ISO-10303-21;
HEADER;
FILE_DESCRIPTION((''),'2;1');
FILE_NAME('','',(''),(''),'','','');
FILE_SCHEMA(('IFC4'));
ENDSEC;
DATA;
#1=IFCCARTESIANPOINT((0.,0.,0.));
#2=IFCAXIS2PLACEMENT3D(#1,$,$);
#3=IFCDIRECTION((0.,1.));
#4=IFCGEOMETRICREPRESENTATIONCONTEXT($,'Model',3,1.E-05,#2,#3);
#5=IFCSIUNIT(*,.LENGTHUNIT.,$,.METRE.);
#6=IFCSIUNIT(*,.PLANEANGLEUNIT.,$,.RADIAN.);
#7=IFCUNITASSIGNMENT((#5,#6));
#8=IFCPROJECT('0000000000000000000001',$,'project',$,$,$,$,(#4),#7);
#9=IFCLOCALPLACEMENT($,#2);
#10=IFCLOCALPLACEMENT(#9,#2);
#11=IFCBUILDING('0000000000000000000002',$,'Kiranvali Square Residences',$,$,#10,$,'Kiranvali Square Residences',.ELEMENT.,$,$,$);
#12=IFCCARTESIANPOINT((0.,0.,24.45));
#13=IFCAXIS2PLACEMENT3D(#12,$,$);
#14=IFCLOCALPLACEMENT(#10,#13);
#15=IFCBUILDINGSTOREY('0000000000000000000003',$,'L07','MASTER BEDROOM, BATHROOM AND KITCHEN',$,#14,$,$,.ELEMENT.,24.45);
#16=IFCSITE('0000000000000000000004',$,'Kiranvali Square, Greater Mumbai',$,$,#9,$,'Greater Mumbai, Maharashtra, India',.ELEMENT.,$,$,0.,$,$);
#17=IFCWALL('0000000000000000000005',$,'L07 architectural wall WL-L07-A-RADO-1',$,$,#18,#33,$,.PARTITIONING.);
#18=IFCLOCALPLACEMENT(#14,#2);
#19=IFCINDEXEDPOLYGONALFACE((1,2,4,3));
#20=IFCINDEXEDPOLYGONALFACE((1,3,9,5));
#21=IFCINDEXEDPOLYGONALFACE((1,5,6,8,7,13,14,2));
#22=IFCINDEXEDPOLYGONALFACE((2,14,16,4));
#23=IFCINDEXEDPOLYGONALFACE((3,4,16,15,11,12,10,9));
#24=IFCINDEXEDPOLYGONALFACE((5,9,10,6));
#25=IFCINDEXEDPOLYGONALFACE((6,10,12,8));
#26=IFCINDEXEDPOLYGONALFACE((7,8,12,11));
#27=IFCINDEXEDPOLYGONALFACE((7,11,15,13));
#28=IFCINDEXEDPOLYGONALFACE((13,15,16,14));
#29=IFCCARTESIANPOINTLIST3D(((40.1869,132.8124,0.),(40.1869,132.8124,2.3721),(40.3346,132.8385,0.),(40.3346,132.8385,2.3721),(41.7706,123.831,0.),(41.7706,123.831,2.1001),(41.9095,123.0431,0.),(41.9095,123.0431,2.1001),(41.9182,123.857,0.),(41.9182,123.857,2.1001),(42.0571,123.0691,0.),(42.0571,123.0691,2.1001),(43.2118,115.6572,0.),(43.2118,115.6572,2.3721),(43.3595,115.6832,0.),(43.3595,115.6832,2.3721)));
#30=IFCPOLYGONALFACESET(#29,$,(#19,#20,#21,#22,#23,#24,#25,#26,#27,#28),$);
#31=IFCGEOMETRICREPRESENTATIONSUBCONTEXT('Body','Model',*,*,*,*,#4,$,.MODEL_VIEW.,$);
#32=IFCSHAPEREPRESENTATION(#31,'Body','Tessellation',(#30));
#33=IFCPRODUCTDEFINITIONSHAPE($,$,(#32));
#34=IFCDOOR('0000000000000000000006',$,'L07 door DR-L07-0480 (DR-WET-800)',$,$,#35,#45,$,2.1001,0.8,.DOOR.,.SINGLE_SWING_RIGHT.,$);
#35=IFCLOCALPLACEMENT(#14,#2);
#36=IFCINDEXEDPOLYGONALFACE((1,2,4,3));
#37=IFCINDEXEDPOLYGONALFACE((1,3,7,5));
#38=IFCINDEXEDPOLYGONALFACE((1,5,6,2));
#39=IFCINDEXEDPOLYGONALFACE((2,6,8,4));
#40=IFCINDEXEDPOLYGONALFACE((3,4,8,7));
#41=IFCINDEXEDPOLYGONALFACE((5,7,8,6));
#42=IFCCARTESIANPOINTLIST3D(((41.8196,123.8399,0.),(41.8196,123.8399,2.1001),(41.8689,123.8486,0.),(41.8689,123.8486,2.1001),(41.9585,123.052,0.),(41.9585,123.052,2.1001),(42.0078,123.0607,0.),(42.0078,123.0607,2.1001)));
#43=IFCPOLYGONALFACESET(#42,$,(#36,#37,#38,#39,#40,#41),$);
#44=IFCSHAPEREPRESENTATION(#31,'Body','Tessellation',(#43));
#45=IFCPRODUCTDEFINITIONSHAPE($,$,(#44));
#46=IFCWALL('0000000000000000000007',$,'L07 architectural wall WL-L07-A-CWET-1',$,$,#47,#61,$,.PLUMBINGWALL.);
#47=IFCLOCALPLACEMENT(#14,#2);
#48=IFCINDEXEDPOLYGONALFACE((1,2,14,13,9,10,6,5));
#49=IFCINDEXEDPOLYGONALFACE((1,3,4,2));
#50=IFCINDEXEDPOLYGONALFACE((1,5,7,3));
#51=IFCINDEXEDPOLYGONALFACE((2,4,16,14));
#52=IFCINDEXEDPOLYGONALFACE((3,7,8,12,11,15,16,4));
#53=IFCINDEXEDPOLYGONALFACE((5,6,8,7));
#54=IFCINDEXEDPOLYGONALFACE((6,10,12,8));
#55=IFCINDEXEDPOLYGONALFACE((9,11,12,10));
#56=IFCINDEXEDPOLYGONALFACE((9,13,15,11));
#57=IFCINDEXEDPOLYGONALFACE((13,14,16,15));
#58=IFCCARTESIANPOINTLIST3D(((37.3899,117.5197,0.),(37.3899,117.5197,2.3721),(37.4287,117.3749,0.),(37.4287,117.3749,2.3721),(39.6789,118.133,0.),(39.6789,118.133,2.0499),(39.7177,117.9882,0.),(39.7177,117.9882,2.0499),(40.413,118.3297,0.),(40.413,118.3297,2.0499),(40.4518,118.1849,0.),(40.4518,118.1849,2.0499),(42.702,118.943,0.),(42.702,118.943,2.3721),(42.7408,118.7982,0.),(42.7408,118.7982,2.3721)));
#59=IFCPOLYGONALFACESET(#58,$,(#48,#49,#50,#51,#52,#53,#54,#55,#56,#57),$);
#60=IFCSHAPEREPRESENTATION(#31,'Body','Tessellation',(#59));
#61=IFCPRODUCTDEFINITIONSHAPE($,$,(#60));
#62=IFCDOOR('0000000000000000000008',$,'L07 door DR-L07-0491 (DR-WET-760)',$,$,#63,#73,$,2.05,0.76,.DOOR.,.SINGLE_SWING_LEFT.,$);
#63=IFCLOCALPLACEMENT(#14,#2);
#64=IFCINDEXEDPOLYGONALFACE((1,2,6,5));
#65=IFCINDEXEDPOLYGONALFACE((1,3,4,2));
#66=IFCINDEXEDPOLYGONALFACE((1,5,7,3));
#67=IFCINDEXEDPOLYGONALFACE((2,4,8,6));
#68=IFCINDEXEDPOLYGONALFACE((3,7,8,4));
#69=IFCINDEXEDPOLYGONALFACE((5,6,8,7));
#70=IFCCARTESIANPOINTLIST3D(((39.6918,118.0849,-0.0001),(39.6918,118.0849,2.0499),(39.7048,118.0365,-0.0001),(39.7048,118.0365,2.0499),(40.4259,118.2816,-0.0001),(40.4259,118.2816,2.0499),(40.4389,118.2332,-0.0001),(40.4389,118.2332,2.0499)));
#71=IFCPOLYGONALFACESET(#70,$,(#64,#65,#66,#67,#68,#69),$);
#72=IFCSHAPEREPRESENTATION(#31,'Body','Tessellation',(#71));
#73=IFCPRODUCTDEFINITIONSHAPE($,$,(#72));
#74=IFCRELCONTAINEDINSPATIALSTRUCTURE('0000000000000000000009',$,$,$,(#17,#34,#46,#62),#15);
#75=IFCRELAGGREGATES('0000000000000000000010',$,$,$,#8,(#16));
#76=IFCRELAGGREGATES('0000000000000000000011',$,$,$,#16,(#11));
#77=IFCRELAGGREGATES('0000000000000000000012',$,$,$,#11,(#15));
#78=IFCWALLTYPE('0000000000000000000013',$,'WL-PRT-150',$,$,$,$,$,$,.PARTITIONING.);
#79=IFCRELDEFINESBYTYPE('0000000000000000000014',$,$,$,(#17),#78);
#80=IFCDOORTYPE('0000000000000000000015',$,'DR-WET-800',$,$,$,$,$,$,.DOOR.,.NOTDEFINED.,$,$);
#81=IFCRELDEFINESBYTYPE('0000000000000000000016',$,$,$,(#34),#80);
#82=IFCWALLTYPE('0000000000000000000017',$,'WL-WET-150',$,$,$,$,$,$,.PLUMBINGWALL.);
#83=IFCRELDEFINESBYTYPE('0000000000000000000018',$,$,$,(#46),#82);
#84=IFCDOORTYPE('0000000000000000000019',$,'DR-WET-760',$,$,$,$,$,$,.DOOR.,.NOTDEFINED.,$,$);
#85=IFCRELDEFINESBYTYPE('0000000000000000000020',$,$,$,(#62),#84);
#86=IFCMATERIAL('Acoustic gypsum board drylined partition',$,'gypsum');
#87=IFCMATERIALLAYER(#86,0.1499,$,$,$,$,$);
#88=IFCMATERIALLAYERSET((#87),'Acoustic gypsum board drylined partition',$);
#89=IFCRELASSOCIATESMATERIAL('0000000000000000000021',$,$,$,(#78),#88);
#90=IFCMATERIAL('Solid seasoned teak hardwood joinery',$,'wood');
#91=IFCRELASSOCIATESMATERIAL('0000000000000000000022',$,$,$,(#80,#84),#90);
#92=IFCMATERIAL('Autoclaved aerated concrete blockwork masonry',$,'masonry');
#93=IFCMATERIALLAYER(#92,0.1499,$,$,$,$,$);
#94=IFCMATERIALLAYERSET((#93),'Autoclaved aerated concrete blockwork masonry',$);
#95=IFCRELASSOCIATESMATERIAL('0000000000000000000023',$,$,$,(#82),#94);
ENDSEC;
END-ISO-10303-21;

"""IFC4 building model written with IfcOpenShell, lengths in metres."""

from ifc_helpers import new_model, si_unit, direction, frame, frame_2d, origin, place, context, subcontext, project, spatial, rectangle, extrude, material, layer, layer_set, type_object, element, fill, save


model = new_model("IFC4")

# Units and contexts
model_context = context("Model", 3, precision=1e-05, world=origin(), true_north=direction((0.0, 1.0)))
body_context = subcontext(model_context, "Body", "Model", "MODEL_VIEW")
ifc_project = project(units=[si_unit("LENGTHUNIT", "METRE"), si_unit("PLANEANGLEUNIT", "RADIAN")], contexts=[model_context])

# Site, building, storey
site_placement = place(None, origin())
site = spatial("IfcSite", under=ifc_project, at=site_placement, Name="Kiranvali Square, Greater Mumbai", LongName="Greater Mumbai, Maharashtra, India", CompositionType="ELEMENT", RefElevation=0.0)
building_placement = place(site_placement, origin())
building = spatial("IfcBuilding", under=site, at=building_placement, Name="Kiranvali Square Residences", LongName="Kiranvali Square Residences", CompositionType="ELEMENT")
storey_placement = place(building_placement, frame((0.0, 0.0, 24.45)))
storey = spatial("IfcBuildingStorey", under=building, at=storey_placement, Name="L07", Description="MASTER BEDROOM, BATHROOM AND KITCHEN", CompositionType="ELEMENT", Elevation=24.45)

# Shared definitions
ifc_material_1 = material(Name="Autoclaved aerated concrete blockwork masonry", Category="masonry")

# Walls, openings, doors
ifc_material_2 = material(Name="Acoustic gypsum board drylined partition", Category="gypsum")
ifc_layer_1 = layer(ifc_material_2, 0.1499)
ifc_layer_set_1 = layer_set([ifc_layer_1], Name="Acoustic gypsum board drylined partition")
wall_type_1 = type_object("IfcWallType", Name="WL-PRT-150", PredefinedType="PARTITIONING", material=ifc_layer_set_1)
wall_1_placement = place(storey_placement, frame((43.2856, 115.6702, 0.0), z_axis=(0.0, 0.0, 1.0), x_axis=(-0.173646, 0.984808, 0.0)))
wall_1 = element("IfcWall", 1, at=wall_1_placement, inside=storey, type_object=wall_type_1, Name="L07 architectural wall WL-L07-A-RADO-1", PredefinedType="PARTITIONING", context=body_context, shape_type="SweptSolid", body=[
    extrude(rectangle(XDim=17.4199, YDim=0.1499, at=frame_2d((8.71, 0.0))), origin(), (0.0, 0.0, 1.0), 2.3721),
])
opening_1_placement = place(wall_1_placement, frame((7.5, 0.0, 0.0)))
opening_1 = element("IfcOpeningElement", 2, at=opening_1_placement, cuts=wall_1, PredefinedType="OPENING", context=body_context, shape_type="SweptSolid", body=[
    extrude(rectangle(XDim=0.8, YDim=2.1001, at=frame_2d((0.3999, 1.05))), frame((0.0, 0.085, 0.0), z_axis=(0.0, -1.0, 0.0), x_axis=(1.0, 0.0, 0.0)), (0.0, 0.0, 1.0), 0.1699),
])
ifc_material_3 = material(Name="Solid seasoned teak hardwood joinery", Category="wood")
door_type_1 = type_object("IfcDoorType", Name="DR-WET-800", OperationType="NOTDEFINED", PredefinedType="DOOR", material=ifc_material_3)
door_1_placement = place(opening_1_placement, frame((0.8, 0.0, 0.0), z_axis=(0.0, 0.0, 1.0), x_axis=(-1.0, 0.0, 0.0)))
door_1 = element("IfcDoor", 3, at=door_1_placement, inside=storey, type_object=door_type_1, Name="L07 door DR-L07-0480 (DR-WET-800)", OperationType="SINGLE_SWING_RIGHT", OverallHeight=2.1001, OverallWidth=0.8, PredefinedType="DOOR", context=body_context, shape_type="SweptSolid", body=[
    extrude(rectangle(XDim=0.8, YDim=2.1001, at=frame_2d((0.3999, 1.05))), frame((0.0, 0.0249, 0.0), z_axis=(0.0, -1.0, 0.0), x_axis=(1.0, 0.0, 0.0)), (0.0, 0.0, 1.0), 0.05),
])
fill(opening_1, door_1)
ifc_layer_2 = layer(ifc_material_1, 0.1499)
ifc_layer_set_2 = layer_set([ifc_layer_2], Name="Autoclaved aerated concrete blockwork masonry")
wall_type_2 = type_object("IfcWallType", Name="WL-WET-150", PredefinedType="PLUMBINGWALL", material=ifc_layer_set_2)
wall_2_placement = place(storey_placement, frame((42.7214, 118.8706, 0.0), z_axis=(0.0, 0.0, 1.0), x_axis=(-0.965929, -0.258806, 0.0)))
wall_2 = element("IfcWall", 4, at=wall_2_placement, inside=storey, type_object=wall_type_2, Name="L07 architectural wall WL-L07-A-CWET-1", PredefinedType="PLUMBINGWALL", context=body_context, shape_type="SweptSolid", body=[
    extrude(rectangle(XDim=5.4995, YDim=0.1499, at=frame_2d((2.7498, 0.0))), origin(), (0.0, 0.0, 1.0), 2.3721),
])
opening_2_placement = place(wall_2_placement, frame((2.3699, 0.0, 0.0)))
opening_2 = element("IfcOpeningElement", 5, at=opening_2_placement, cuts=wall_2, PredefinedType="OPENING", context=body_context, shape_type="SweptSolid", body=[
    extrude(rectangle(XDim=0.76, YDim=2.05, at=frame_2d((0.3799, 1.0249))), frame((0.0, 0.085, 0.0), z_axis=(0.0, -1.0, 0.0), x_axis=(1.0, 0.0, 0.0)), (0.0, 0.0, 1.0), 0.1699),
])
door_type_2 = type_object("IfcDoorType", Name="DR-WET-760", OperationType="NOTDEFINED", PredefinedType="DOOR", material=ifc_material_3)
door_2_placement = place(opening_2_placement, origin())
door_2 = element("IfcDoor", 6, at=door_2_placement, inside=storey, type_object=door_type_2, Name="L07 door DR-L07-0491 (DR-WET-760)", OperationType="SINGLE_SWING_LEFT", OverallHeight=2.05, OverallWidth=0.76, PredefinedType="DOOR", context=body_context, shape_type="SweptSolid", body=[
    extrude(rectangle(XDim=0.76, YDim=2.05, at=frame_2d((0.3799, 1.0249))), frame((0.0, 0.0249, 0.0), z_axis=(0.0, -1.0, 0.0), x_axis=(1.0, 0.0, 0.0)), (0.0, 0.0, 1.0), 0.05),
])
fill(opening_2, door_2)

save(model, "model.ifc")
